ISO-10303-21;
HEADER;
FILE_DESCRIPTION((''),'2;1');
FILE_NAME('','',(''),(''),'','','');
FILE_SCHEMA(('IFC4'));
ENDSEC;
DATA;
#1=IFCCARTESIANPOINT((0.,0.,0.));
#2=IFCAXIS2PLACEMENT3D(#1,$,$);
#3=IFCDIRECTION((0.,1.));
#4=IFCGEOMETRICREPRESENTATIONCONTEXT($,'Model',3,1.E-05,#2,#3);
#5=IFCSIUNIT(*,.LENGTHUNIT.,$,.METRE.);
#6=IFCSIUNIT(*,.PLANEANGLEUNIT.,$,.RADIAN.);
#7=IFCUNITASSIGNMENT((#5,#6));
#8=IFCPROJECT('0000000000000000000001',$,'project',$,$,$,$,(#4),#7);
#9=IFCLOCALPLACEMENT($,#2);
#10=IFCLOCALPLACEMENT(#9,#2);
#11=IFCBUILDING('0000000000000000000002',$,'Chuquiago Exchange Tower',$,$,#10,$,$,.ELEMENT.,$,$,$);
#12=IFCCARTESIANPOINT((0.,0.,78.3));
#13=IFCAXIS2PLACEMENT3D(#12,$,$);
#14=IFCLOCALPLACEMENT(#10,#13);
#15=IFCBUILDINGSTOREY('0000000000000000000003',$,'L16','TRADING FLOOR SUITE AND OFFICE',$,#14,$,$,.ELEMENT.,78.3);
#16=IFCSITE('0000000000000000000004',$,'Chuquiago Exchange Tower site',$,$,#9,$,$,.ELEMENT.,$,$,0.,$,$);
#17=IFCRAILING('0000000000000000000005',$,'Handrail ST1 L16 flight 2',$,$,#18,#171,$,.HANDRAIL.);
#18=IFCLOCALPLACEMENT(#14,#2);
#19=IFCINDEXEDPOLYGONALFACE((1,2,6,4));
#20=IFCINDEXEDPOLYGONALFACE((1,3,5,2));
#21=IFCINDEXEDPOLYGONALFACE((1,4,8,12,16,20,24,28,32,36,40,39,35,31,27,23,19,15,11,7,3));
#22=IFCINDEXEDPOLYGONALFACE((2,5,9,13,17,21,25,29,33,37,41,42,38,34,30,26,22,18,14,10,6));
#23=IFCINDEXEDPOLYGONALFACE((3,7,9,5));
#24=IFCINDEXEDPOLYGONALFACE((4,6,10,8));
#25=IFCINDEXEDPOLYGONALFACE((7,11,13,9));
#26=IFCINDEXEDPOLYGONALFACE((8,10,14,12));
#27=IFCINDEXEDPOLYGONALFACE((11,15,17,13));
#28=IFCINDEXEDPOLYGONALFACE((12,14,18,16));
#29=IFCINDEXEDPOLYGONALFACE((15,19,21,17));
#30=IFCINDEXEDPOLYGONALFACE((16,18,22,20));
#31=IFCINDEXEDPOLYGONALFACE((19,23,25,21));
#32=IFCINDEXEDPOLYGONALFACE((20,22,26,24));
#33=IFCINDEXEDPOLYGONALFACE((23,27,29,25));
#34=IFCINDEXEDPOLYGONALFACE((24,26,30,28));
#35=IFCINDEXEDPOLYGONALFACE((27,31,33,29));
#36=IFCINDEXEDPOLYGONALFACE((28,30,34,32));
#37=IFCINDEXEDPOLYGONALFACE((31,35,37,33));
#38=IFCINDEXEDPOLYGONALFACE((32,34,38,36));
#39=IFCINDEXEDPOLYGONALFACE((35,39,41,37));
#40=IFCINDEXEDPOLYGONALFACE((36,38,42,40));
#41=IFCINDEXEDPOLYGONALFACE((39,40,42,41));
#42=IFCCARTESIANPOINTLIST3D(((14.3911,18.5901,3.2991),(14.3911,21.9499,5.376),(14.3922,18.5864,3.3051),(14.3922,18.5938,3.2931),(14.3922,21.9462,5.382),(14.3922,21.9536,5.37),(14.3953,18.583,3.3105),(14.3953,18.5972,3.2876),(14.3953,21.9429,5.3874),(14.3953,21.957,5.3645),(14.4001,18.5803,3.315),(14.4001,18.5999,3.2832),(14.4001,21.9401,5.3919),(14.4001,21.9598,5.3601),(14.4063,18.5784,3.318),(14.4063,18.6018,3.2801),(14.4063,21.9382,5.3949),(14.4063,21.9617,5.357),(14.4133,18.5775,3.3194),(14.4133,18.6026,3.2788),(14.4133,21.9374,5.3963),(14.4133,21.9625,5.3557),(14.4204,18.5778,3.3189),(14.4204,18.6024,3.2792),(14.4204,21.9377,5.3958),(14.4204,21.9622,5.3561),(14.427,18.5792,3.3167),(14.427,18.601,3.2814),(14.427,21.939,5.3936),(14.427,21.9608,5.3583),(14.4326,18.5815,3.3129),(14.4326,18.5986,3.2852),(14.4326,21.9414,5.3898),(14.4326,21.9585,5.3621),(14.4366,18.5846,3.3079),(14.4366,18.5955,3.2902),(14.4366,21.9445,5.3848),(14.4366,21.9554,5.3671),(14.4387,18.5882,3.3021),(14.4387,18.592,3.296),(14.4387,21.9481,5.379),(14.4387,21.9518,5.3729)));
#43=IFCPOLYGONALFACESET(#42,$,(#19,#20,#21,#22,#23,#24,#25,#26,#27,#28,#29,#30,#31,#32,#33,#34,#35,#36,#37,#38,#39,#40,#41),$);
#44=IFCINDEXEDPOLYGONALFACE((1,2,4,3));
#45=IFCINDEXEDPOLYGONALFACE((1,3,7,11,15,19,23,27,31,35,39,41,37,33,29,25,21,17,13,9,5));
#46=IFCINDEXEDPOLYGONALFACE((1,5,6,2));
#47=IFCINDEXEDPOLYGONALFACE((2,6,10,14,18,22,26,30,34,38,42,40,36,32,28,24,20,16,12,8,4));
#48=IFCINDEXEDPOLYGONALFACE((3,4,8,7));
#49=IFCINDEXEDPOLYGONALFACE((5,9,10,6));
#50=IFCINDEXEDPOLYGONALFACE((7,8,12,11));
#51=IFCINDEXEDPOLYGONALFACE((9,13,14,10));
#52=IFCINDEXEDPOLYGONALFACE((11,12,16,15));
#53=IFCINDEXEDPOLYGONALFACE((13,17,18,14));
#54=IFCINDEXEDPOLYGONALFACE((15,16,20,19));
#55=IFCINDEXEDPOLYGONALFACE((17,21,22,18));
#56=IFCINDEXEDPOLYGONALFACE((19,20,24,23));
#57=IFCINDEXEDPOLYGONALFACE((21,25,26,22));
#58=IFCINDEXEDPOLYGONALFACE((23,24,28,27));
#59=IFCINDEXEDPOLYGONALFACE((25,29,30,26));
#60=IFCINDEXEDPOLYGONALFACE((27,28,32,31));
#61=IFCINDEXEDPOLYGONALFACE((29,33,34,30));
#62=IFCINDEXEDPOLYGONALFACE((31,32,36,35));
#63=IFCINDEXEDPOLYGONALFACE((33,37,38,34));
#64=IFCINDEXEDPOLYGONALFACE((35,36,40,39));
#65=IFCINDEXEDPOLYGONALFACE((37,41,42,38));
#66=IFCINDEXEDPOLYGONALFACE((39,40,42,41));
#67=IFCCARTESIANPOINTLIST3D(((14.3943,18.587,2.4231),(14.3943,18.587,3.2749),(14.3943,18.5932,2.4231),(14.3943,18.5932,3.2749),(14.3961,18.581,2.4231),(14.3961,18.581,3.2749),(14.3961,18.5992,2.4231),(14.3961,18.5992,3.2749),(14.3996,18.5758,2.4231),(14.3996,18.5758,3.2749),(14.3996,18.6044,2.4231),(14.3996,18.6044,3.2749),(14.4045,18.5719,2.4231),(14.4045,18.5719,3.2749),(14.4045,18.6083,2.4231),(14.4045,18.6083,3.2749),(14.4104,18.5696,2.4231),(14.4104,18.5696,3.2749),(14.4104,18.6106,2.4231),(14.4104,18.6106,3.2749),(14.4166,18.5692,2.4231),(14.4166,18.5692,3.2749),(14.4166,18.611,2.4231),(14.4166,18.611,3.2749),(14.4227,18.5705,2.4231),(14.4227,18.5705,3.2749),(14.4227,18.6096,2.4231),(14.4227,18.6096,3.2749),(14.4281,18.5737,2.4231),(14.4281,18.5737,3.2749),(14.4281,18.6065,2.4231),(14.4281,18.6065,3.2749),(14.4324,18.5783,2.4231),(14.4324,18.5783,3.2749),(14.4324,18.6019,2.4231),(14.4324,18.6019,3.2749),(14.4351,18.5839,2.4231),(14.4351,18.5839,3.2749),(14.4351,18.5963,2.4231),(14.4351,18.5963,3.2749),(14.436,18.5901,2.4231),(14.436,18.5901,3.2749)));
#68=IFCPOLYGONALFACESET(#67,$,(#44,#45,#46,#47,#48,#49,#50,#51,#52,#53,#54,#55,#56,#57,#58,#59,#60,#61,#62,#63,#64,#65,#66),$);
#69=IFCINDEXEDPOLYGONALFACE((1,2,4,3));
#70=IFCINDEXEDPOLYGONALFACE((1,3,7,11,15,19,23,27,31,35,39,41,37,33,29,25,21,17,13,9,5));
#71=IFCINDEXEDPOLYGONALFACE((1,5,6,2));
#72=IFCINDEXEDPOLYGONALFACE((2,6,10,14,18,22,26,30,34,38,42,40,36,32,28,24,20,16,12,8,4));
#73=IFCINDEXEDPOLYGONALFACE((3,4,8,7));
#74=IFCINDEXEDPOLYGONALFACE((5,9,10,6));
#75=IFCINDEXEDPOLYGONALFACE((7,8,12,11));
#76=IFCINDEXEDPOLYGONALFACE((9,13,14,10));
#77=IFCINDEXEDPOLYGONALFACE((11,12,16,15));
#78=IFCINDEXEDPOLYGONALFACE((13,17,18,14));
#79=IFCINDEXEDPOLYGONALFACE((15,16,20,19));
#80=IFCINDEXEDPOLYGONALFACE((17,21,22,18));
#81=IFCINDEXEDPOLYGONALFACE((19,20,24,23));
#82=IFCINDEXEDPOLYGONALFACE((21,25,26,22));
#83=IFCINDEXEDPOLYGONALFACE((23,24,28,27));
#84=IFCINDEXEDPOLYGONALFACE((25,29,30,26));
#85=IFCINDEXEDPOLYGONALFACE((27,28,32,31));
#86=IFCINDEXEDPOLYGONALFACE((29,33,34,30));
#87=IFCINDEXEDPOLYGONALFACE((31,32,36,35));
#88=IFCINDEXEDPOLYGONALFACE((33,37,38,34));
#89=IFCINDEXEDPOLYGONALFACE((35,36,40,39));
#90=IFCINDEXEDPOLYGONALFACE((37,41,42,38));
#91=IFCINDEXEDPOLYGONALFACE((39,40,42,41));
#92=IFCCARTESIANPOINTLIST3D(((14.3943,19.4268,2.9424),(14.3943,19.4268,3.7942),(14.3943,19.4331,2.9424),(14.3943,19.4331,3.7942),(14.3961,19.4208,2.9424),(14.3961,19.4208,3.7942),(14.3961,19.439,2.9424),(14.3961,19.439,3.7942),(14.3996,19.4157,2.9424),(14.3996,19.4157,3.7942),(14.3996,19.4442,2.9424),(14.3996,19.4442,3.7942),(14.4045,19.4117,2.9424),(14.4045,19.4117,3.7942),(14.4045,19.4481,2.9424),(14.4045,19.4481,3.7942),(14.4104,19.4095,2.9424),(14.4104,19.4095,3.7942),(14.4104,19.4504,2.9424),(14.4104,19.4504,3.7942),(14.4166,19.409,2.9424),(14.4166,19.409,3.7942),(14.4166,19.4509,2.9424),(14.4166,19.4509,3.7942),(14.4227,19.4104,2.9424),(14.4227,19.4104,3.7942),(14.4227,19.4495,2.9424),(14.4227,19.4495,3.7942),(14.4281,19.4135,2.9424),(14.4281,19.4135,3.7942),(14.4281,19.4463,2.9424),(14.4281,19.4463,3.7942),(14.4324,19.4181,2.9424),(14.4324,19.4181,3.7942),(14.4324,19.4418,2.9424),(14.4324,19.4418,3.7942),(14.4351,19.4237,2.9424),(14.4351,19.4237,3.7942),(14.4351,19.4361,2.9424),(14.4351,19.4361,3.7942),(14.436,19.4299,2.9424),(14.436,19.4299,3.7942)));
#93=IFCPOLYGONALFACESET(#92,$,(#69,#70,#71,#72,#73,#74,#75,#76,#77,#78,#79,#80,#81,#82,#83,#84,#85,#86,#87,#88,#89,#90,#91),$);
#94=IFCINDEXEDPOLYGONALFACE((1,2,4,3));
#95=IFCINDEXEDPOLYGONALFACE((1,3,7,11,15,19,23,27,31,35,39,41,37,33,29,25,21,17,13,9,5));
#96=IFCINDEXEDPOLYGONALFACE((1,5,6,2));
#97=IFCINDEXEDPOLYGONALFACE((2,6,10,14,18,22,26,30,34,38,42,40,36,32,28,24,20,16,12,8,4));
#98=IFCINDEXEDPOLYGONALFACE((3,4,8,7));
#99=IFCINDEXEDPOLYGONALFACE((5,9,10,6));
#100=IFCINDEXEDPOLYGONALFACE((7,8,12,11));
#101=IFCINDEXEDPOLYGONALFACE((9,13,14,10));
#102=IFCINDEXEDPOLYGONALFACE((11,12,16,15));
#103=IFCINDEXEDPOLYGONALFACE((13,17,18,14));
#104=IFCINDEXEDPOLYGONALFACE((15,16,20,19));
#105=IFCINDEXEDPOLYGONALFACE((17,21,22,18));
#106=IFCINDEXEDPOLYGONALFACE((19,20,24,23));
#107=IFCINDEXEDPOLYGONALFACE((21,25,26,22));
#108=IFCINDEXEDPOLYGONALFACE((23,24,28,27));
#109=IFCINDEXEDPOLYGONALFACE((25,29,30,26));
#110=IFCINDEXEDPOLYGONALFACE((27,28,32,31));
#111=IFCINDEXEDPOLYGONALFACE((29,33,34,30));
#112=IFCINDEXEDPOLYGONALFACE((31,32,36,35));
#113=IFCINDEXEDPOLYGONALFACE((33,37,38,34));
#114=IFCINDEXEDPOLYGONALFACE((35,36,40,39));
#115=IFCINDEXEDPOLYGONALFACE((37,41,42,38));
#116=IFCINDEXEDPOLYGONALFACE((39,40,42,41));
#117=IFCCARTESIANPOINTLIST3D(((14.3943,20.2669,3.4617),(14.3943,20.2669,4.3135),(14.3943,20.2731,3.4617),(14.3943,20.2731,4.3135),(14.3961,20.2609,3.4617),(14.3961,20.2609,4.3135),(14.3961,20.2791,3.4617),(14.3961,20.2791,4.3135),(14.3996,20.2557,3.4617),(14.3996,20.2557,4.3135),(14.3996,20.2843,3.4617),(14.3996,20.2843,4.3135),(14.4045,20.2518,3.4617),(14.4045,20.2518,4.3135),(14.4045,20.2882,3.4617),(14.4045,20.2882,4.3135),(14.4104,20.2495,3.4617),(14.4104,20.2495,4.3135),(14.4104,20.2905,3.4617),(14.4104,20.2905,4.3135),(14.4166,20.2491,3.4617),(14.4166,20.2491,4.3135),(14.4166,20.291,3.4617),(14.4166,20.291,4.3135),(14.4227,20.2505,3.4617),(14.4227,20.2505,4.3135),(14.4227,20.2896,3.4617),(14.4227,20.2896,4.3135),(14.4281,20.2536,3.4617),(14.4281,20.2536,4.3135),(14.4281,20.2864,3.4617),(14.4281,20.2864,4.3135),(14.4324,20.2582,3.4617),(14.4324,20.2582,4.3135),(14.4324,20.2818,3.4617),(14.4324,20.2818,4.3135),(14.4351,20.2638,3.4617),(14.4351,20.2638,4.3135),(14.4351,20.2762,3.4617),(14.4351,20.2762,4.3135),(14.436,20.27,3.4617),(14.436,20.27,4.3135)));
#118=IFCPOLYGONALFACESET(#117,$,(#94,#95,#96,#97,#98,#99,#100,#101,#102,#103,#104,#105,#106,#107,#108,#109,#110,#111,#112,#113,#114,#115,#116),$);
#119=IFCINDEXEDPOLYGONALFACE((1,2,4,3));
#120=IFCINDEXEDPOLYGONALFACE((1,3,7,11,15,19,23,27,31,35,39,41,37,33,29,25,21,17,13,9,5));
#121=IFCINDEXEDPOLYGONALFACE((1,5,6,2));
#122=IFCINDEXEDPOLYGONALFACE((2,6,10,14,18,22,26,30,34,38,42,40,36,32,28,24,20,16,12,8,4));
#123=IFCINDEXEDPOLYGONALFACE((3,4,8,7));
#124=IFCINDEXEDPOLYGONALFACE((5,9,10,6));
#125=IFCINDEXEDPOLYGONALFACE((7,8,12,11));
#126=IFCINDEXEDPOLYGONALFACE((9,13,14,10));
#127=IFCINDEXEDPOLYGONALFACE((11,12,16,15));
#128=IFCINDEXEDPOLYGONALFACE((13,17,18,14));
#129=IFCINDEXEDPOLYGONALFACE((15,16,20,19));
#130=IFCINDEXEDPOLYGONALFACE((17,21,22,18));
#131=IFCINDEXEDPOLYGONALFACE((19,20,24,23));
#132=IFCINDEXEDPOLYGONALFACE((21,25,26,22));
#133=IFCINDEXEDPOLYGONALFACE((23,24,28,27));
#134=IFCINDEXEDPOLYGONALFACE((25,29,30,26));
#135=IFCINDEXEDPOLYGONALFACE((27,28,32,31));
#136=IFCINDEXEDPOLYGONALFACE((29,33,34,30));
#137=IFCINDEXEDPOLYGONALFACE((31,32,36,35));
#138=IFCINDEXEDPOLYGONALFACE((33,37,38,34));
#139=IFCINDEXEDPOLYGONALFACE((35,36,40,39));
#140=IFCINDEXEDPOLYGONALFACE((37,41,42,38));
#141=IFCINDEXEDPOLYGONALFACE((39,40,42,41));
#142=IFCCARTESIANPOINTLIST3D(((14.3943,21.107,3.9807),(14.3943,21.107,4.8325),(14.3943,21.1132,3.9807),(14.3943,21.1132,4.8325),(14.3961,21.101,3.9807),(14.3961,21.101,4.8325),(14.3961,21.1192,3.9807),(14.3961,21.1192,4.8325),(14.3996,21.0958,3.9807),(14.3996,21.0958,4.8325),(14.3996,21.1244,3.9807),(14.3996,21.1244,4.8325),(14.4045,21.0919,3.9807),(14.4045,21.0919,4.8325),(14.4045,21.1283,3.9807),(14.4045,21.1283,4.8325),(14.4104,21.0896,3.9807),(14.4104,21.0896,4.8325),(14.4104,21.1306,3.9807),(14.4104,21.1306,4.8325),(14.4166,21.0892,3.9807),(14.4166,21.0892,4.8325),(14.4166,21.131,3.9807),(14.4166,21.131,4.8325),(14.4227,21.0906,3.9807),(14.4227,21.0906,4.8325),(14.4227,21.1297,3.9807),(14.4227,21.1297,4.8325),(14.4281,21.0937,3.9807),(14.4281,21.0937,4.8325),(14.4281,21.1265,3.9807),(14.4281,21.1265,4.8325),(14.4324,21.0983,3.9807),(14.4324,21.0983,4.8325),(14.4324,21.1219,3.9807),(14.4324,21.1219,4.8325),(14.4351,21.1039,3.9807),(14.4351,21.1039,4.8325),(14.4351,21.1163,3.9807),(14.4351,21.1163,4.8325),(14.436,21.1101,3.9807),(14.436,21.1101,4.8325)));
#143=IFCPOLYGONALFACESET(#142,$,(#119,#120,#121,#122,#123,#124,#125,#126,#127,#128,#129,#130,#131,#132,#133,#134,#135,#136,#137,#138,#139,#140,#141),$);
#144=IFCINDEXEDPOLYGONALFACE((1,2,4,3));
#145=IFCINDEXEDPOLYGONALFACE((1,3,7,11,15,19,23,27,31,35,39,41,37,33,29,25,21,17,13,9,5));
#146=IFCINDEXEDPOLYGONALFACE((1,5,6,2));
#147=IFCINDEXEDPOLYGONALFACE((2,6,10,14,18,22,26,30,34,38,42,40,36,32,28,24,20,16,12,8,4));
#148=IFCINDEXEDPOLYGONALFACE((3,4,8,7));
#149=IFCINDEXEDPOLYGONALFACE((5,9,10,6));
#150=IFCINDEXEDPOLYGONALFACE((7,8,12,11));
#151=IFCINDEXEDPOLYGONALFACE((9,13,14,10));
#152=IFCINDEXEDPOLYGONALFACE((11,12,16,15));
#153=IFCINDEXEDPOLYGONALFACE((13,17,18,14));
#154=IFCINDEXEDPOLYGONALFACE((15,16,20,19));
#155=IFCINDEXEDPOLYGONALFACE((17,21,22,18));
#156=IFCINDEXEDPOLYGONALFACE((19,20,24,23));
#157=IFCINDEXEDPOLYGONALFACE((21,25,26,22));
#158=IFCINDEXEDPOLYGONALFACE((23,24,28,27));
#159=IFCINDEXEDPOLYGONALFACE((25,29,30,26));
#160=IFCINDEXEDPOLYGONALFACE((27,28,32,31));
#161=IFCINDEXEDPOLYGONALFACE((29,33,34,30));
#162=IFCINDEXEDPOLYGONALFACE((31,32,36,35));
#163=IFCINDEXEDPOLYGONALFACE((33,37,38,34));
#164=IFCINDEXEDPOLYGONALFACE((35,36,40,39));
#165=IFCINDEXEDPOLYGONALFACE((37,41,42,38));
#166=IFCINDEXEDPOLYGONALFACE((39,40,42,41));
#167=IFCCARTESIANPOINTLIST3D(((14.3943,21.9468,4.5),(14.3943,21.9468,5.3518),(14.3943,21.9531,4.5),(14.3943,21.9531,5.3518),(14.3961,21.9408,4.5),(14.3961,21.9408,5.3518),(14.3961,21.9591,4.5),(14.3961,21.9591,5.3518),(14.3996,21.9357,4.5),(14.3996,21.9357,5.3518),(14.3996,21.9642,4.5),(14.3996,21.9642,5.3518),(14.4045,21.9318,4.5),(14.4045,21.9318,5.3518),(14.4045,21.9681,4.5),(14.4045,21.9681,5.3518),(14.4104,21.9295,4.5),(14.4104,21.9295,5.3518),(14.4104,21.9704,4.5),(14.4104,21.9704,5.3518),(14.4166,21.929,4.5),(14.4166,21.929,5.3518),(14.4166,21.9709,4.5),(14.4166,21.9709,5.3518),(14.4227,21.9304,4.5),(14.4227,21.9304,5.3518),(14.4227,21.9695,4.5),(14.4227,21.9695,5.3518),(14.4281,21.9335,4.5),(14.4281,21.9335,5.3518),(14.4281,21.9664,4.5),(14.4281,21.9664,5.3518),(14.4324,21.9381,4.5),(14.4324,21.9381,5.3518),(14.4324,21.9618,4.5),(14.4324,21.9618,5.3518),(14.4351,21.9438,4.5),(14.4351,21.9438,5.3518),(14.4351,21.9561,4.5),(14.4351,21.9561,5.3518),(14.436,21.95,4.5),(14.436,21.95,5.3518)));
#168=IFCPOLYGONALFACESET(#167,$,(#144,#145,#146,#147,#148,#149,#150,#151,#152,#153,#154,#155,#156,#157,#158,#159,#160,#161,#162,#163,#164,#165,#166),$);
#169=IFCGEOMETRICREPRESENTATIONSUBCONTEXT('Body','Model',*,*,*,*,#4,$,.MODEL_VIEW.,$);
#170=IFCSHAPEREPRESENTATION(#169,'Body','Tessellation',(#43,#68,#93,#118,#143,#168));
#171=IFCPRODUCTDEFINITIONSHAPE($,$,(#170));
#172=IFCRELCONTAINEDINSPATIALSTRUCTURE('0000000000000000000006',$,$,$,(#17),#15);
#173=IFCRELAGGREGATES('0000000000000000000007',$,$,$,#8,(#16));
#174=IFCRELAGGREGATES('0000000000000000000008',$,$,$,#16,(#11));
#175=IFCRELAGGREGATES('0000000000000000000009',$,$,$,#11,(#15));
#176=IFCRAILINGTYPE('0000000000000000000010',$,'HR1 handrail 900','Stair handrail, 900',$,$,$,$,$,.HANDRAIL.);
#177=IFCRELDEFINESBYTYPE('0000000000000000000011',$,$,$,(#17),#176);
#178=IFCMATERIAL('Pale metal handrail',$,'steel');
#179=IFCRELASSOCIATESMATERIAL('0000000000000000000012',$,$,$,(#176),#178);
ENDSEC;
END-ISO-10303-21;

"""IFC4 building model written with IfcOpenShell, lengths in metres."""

from ifc_helpers import new_model, si_unit, direction, frame, origin, origin_2d, place, context, subcontext, project, spatial, circle, extrude, material, type_object, element, save


model = new_model("IFC4")

# Units and contexts
model_context = context("Model", 3, precision=1e-05, world=origin(), true_north=direction((0.0, 1.0)))
body_context = subcontext(model_context, "Body", "Model", "MODEL_VIEW")
ifc_project = project(units=[si_unit("LENGTHUNIT", "METRE"), si_unit("PLANEANGLEUNIT", "RADIAN")], contexts=[model_context])

# Site, building, storey
site_placement = place(None, origin())
site = spatial("IfcSite", under=ifc_project, at=site_placement, Name="Chuquiago Exchange Tower site", CompositionType="ELEMENT", RefElevation=0.0)
building_placement = place(site_placement, origin())
building = spatial("IfcBuilding", under=site, at=building_placement, Name="Chuquiago Exchange Tower", CompositionType="ELEMENT")
storey_placement = place(building_placement, frame((0.0, 0.0, 78.3)))
storey = spatial("IfcBuildingStorey", under=building, at=storey_placement, Name="L16", Description="TRADING FLOOR SUITE AND OFFICE", CompositionType="ELEMENT", Elevation=78.3)

# Railing
ifc_material_1 = material(Name="Pale metal handrail", Category="steel")
railing_type_1 = type_object("IfcRailingType", Name="HR1 handrail 900", Description="Stair handrail, 900", PredefinedType="HANDRAIL", material=ifc_material_1)
for number, where, name in (
    (1, (14.415, 18.5901, 2.4231), "Handrail ST1 L16 flight 2"),
):
    element("IfcRailing", number, at=place(storey_placement, frame(where)), inside=storey, type_object=railing_type_1, Name=name, PredefinedType="HANDRAIL", context=body_context, shape_type="SweptSolid", body=[
        extrude(circle(Radius=0.0239, at=origin_2d()), frame((0.0, 0.0, 0.876), z_axis=(0.0, 0.850606, 0.525803), x_axis=(-1.0, 0.0, 0.0)), (0.0, 0.0, 1.0), 3.95),
        extrude(circle(Radius=0.021, at=origin_2d()), origin(), (0.0, 0.0, 1.0), 0.8518),
        extrude(circle(Radius=0.021, at=origin_2d()), frame((0.0, 0.8398, 0.5193)), (0.0, 0.0, 1.0), 0.8518),
        extrude(circle(Radius=0.021, at=origin_2d()), frame((0.0, 1.6799, 1.0386)), (0.0, 0.0, 1.0), 0.8518),
        extrude(circle(Radius=0.021, at=origin_2d()), frame((0.0, 2.52, 1.5576)), (0.0, 0.0, 1.0), 0.8518),
        extrude(circle(Radius=0.021, at=origin_2d()), frame((0.0, 3.3599, 2.0769)), (0.0, 0.0, 1.0), 0.8518),
    ])

save(model, "model.ifc")
